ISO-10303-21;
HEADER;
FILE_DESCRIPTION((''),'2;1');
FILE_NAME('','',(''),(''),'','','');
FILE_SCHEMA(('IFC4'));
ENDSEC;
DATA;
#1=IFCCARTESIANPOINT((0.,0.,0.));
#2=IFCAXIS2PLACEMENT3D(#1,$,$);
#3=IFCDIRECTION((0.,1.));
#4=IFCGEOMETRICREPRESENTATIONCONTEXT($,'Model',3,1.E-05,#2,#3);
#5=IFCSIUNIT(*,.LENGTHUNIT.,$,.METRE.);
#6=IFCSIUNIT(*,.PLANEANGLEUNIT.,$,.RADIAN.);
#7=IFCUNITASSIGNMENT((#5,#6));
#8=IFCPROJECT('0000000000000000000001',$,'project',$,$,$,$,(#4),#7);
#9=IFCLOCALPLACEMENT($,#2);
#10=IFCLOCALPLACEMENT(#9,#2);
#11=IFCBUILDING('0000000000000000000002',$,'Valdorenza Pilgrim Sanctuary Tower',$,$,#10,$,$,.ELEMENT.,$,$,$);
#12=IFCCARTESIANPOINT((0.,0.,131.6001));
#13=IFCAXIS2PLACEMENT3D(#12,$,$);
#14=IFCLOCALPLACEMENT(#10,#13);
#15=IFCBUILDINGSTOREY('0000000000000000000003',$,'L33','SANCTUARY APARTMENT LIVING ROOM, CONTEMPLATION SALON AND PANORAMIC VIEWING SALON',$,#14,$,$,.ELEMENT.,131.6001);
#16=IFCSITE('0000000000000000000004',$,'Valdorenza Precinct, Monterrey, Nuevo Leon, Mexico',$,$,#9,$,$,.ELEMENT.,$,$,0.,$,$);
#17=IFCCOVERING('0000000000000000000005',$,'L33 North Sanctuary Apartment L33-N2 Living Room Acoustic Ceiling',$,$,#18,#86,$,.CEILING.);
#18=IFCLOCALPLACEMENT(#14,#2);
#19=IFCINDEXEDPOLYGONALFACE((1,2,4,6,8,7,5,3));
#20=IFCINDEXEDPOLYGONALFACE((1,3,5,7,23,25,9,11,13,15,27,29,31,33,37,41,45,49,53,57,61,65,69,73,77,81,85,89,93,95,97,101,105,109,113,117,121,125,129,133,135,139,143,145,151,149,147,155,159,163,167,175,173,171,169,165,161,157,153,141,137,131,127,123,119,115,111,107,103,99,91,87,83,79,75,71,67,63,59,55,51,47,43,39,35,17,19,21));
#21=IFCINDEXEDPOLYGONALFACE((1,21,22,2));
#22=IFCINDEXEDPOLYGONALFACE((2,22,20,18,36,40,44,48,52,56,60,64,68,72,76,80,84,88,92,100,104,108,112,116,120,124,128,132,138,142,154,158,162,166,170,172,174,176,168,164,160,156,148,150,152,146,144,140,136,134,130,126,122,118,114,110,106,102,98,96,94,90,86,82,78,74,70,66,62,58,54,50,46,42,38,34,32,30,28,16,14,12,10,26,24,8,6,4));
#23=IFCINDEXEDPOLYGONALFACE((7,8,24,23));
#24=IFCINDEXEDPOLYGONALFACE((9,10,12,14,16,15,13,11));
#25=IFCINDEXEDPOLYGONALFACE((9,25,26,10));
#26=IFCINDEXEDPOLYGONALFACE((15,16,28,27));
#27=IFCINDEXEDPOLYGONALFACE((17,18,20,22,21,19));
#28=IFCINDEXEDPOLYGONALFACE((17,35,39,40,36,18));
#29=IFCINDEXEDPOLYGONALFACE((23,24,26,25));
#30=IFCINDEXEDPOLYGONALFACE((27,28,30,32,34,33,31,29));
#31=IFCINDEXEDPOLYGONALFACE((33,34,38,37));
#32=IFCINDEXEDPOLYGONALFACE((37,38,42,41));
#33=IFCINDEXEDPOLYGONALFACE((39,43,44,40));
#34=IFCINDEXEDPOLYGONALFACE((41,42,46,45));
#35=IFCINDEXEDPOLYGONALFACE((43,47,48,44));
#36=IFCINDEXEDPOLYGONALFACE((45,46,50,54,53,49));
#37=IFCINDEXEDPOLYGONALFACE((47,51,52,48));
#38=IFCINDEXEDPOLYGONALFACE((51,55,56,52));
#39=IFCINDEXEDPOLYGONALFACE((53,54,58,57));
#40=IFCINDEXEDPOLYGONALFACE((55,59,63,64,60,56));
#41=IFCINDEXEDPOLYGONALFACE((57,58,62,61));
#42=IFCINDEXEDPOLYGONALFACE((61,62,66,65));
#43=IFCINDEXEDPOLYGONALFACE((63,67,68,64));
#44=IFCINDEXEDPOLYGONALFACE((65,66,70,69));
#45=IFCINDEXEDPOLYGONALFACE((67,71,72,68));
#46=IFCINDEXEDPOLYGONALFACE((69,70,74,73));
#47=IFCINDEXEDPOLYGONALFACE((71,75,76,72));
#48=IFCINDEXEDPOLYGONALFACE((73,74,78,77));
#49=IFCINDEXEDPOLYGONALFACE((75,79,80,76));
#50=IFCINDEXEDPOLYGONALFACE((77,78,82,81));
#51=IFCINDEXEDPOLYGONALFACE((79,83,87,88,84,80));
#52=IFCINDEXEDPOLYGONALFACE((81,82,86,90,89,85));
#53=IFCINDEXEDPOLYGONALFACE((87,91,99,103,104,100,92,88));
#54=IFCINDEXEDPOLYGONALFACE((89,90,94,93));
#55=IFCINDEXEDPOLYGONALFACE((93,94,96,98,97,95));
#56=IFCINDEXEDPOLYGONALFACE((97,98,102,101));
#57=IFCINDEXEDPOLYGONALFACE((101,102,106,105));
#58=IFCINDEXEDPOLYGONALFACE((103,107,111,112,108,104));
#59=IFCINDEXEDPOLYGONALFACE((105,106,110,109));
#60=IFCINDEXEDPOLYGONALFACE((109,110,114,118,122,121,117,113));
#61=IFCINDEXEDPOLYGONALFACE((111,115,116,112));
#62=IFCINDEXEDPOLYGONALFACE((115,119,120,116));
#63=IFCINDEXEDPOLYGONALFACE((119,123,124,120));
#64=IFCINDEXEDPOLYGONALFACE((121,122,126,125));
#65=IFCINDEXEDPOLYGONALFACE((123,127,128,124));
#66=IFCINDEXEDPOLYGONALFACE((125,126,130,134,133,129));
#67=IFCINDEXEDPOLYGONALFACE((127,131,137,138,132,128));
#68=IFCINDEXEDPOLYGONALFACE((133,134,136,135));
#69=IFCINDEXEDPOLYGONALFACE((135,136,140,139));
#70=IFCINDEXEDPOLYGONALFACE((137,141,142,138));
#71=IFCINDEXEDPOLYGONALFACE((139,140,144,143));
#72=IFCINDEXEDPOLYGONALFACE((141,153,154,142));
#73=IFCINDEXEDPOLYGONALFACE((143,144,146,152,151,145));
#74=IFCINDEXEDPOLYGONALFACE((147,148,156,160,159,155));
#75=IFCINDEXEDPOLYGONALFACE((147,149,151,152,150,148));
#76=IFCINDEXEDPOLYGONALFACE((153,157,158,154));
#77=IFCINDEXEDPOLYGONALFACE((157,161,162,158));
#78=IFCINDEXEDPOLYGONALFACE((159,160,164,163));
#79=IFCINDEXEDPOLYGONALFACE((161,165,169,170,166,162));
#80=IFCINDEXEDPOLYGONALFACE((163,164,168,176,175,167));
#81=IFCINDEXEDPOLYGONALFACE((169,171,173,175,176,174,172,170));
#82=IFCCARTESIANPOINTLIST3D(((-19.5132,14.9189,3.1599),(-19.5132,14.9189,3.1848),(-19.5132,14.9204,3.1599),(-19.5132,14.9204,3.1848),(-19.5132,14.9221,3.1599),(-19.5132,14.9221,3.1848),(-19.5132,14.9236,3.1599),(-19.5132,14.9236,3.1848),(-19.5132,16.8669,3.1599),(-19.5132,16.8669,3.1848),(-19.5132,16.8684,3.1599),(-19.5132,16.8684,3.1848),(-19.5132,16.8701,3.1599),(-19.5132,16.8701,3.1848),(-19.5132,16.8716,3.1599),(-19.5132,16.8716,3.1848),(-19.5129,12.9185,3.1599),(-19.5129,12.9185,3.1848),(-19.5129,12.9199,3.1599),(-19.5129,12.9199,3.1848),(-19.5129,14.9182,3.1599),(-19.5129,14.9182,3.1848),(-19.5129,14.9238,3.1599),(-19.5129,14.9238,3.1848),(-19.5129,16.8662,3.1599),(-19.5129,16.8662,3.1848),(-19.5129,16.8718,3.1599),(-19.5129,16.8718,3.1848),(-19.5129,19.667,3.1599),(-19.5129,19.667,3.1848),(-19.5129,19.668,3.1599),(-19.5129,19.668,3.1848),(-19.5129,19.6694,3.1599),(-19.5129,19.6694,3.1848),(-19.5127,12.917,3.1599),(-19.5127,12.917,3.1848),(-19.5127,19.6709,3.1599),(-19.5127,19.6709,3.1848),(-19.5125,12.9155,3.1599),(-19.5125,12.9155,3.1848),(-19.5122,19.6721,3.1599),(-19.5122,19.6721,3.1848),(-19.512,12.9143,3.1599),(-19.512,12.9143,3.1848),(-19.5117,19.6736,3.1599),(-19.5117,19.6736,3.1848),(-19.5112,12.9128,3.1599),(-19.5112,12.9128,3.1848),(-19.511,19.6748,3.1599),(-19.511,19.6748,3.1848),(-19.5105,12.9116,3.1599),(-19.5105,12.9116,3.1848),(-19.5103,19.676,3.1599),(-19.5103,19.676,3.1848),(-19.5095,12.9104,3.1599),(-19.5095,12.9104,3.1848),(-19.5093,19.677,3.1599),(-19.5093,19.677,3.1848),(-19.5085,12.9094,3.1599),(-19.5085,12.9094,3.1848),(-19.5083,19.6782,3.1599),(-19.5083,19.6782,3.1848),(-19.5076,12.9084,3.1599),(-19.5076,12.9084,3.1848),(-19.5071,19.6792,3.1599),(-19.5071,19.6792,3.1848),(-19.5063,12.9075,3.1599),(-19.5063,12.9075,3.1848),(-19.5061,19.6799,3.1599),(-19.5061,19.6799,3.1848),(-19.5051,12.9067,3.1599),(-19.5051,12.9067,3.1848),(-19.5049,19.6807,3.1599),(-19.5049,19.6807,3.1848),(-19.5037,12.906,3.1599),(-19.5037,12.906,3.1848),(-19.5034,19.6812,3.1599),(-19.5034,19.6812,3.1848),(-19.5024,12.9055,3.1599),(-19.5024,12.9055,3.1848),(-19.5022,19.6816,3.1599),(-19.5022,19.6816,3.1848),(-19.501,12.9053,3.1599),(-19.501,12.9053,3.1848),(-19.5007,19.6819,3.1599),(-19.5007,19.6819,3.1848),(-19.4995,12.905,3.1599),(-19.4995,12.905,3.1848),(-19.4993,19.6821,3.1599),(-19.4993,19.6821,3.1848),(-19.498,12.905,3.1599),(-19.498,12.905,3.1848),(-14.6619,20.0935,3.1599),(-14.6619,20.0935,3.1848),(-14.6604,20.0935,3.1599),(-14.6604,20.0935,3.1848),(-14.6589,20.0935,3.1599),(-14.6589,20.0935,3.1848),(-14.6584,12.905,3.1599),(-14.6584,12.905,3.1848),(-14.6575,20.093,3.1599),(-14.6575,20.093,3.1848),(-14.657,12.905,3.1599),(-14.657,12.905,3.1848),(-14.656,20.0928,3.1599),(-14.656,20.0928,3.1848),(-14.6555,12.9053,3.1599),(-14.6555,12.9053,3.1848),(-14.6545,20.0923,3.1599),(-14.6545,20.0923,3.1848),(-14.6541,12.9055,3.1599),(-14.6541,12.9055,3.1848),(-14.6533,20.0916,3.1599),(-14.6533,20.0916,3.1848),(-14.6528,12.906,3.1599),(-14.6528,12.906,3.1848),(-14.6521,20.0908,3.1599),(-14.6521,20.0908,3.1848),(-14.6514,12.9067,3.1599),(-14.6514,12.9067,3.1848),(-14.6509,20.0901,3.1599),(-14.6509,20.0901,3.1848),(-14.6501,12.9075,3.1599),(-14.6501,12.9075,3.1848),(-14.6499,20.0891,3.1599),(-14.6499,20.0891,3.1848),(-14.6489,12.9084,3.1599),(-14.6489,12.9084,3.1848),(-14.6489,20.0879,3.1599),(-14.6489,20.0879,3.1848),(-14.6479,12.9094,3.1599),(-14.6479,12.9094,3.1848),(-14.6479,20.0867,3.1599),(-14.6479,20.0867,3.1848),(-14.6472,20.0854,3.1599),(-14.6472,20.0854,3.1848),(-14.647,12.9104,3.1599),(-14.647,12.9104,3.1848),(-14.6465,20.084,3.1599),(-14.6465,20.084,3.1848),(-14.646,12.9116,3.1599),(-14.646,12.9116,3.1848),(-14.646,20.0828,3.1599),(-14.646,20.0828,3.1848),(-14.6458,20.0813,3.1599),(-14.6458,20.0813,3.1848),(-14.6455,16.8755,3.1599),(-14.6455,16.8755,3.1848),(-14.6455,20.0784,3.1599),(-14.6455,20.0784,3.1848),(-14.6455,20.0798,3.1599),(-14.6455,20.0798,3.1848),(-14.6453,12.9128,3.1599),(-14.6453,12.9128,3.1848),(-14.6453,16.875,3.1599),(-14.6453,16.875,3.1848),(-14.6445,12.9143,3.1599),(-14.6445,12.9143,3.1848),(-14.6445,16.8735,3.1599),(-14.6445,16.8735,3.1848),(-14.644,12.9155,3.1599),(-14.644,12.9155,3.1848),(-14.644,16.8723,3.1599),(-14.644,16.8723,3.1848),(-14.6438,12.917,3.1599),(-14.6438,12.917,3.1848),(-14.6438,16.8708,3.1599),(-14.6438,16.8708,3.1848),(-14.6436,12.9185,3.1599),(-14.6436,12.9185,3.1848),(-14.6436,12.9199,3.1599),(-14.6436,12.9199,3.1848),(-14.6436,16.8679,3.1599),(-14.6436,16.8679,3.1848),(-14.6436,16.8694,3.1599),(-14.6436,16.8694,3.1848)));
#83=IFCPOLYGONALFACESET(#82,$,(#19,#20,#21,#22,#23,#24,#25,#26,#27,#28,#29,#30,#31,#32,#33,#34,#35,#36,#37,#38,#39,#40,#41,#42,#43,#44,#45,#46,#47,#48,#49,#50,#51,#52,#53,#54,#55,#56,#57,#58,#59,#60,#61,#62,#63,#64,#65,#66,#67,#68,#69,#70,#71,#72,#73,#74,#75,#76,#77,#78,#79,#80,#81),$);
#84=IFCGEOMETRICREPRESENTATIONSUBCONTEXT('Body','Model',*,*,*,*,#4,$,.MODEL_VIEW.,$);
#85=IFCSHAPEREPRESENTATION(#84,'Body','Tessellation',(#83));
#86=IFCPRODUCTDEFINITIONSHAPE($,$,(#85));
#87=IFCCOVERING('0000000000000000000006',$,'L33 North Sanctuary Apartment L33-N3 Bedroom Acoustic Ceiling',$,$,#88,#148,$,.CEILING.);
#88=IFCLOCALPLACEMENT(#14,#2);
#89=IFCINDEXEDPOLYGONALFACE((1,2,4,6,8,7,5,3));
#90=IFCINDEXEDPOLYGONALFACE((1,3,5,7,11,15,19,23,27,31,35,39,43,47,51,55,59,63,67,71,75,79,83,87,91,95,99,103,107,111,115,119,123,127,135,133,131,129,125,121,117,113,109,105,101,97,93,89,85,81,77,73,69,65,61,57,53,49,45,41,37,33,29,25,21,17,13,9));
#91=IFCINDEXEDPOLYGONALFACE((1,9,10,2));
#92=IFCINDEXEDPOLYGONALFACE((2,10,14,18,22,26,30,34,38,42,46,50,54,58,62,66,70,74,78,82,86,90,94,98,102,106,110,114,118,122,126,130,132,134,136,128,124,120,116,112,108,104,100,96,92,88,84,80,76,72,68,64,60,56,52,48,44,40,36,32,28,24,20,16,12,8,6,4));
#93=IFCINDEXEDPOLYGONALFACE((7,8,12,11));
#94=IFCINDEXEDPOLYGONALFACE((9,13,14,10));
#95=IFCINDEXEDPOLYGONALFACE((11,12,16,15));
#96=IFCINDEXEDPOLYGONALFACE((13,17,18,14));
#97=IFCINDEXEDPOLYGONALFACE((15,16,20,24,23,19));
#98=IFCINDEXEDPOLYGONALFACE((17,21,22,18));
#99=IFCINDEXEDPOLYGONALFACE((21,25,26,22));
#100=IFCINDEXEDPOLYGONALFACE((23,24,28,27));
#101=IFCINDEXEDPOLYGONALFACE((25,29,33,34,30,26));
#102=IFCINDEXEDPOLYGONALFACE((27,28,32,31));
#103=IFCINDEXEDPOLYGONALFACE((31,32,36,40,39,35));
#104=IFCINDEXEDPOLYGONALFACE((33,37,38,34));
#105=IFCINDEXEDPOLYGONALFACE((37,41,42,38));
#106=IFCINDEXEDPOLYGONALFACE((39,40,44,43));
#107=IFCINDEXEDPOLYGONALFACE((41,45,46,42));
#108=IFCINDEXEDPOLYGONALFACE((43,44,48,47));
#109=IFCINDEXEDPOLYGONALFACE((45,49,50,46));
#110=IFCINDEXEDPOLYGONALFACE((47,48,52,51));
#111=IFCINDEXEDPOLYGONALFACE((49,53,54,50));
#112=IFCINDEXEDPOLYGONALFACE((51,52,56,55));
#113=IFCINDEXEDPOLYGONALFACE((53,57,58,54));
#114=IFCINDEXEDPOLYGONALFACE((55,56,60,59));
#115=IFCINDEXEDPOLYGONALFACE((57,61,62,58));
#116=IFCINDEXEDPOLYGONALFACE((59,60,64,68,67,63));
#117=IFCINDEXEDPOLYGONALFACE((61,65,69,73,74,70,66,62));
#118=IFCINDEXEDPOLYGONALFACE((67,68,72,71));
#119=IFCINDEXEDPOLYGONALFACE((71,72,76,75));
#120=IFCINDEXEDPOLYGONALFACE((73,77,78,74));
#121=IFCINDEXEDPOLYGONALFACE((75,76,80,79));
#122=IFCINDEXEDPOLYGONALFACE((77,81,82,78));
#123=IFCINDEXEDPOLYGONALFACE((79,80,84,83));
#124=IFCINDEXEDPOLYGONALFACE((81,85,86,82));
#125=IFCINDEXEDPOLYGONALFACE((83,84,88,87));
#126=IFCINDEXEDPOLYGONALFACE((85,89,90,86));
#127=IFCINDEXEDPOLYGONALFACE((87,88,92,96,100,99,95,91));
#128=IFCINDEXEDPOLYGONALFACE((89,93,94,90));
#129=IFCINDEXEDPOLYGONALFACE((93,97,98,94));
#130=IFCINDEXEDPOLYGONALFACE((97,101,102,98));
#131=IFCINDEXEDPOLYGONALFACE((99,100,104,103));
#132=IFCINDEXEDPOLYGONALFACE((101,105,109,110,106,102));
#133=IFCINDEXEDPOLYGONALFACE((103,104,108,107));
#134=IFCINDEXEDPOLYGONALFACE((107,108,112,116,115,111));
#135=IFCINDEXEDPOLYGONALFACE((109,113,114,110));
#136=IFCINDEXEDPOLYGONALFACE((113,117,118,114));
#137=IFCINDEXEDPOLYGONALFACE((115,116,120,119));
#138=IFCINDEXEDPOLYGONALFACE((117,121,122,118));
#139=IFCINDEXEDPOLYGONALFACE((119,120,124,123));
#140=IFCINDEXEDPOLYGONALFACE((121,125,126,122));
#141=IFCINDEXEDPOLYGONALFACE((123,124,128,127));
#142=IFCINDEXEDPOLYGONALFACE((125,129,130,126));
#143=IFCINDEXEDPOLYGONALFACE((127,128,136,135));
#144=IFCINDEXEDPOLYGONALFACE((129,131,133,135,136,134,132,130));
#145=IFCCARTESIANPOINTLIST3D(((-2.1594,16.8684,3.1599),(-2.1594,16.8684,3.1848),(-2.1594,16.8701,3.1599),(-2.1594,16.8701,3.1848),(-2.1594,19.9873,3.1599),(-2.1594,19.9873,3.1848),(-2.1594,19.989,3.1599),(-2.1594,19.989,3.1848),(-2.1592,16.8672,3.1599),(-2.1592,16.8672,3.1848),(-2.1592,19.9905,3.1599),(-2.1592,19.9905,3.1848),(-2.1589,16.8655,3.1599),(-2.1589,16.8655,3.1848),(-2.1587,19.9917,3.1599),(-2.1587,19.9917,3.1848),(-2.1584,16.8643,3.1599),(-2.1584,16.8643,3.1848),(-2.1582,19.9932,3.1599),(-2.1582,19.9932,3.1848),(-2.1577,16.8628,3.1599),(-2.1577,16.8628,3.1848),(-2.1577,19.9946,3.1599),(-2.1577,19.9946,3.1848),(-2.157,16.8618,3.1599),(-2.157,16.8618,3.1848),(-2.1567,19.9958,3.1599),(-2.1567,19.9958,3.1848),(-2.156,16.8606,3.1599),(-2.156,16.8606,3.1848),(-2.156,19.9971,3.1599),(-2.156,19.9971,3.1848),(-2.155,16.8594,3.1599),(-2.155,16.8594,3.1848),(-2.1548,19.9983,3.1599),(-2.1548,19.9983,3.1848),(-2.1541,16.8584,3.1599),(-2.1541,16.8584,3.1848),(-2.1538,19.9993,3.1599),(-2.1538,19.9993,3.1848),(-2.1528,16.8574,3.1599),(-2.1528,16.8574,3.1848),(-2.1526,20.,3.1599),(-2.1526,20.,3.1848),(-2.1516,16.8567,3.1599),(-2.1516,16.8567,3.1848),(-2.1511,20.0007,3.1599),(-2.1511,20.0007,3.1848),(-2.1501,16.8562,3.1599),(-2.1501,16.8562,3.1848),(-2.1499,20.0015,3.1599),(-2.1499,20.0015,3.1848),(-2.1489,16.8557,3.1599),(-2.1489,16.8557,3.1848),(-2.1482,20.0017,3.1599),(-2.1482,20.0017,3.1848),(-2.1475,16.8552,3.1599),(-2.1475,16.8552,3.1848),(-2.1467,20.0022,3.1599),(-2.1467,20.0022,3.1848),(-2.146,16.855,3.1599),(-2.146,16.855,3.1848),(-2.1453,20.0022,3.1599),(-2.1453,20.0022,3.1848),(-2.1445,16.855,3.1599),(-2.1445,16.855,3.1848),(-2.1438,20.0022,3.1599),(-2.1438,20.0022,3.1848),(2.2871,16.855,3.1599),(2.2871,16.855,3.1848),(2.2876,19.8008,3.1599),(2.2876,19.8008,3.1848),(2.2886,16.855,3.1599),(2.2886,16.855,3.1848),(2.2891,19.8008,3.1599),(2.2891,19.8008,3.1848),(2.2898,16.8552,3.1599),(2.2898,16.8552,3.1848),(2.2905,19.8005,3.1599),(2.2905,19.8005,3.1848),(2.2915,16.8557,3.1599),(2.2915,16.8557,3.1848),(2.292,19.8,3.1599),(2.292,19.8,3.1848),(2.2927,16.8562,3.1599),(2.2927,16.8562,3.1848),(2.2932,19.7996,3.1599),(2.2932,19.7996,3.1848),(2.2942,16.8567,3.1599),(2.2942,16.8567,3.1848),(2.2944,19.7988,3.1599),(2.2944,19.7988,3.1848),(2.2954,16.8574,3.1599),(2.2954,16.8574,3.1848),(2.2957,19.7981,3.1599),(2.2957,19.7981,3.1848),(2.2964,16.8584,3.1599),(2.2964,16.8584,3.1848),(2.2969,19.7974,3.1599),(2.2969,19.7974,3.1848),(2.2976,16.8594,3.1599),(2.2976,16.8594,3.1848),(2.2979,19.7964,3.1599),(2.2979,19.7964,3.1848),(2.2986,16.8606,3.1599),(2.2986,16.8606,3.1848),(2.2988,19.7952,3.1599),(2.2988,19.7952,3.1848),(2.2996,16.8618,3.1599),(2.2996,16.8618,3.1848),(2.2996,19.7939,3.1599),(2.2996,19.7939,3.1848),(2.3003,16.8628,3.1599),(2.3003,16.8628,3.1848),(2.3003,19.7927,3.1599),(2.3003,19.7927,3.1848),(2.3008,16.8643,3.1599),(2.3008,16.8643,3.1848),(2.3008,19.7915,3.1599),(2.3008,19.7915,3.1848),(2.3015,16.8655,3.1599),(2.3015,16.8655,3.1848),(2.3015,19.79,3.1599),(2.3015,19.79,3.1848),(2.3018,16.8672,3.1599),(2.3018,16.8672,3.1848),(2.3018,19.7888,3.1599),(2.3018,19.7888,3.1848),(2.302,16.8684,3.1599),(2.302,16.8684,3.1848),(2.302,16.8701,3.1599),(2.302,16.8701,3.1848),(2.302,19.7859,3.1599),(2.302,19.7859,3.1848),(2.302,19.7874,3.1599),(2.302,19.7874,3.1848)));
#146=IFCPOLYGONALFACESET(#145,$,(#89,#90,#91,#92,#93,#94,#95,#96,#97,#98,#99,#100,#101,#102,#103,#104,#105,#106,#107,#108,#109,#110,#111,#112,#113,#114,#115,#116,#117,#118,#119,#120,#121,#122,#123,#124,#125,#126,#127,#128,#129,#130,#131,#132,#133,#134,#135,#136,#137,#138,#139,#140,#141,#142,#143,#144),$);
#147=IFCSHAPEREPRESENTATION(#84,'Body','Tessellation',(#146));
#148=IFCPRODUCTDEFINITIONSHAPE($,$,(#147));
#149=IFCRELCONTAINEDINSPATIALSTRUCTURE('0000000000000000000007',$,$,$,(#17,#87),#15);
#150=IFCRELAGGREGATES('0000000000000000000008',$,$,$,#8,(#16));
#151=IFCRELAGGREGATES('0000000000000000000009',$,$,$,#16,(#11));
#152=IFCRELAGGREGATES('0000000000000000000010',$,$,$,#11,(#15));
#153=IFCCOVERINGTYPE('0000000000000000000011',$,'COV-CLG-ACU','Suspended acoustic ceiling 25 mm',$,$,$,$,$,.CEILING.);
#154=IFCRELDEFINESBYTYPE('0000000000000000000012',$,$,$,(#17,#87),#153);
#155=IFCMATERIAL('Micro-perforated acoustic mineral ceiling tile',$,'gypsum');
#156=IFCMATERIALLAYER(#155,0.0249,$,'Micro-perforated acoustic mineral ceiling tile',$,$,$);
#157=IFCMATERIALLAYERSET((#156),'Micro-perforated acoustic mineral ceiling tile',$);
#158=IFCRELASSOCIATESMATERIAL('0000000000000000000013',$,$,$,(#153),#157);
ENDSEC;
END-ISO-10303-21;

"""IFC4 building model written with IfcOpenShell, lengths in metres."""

from ifc_helpers import new_model, si_unit, direction, frame, origin, place, context, subcontext, project, spatial, polyline, outline, extrude, material, layer, layer_set, type_object, element, save


model = new_model("IFC4")

# Units and contexts
model_context = context("Model", 3, precision=1e-05, world=origin(), true_north=direction((0.0, 1.0)))
body_context = subcontext(model_context, "Body", "Model", "MODEL_VIEW")
ifc_project = project(units=[si_unit("LENGTHUNIT", "METRE"), si_unit("PLANEANGLEUNIT", "RADIAN")], contexts=[model_context])

# Site, building, storey
site_placement = place(None, origin())
site = spatial("IfcSite", under=ifc_project, at=site_placement, Name="Valdorenza Precinct, Monterrey, Nuevo Leon, Mexico", CompositionType="ELEMENT", RefElevation=0.0)
building_placement = place(site_placement, origin())
building = spatial("IfcBuilding", under=site, at=building_placement, Name="Valdorenza Pilgrim Sanctuary Tower", CompositionType="ELEMENT")
storey_placement = place(building_placement, frame((0.0, 0.0, 131.6001)))
storey = spatial("IfcBuildingStorey", under=building, at=storey_placement, Name="L33", Description="SANCTUARY APARTMENT LIVING ROOM, CONTEMPLATION SALON AND PANORAMIC VIEWING SALON", CompositionType="ELEMENT", Elevation=131.6001)

# Coverings
ifc_material_1 = material(Name="Micro-perforated acoustic mineral ceiling tile", Category="gypsum")
ifc_layer_1 = layer(ifc_material_1, 0.0249, Name="Micro-perforated acoustic mineral ceiling tile")
ifc_layer_set_1 = layer_set([ifc_layer_1], Name="Micro-perforated acoustic mineral ceiling tile")
covering_type_1 = type_object("IfcCoveringType", Name="COV-CLG-ACU", Description="Suspended acoustic ceiling 25 mm", PredefinedType="CEILING", material=ifc_layer_set_1)
covering_1_placement = place(storey_placement, frame((0.0, 0.0, 3.1599)))
element("IfcCovering", 1, at=covering_1_placement, inside=storey, type_object=covering_type_1, Name="L33 North Sanctuary Apartment L33-N2 Living Room Acoustic Ceiling", PredefinedType="CEILING", context=body_context, shape_type="SweptSolid", body=[
    extrude(outline(polyline([(-19.5129, 14.9182), (-19.5132, 14.9189), (-19.5132, 14.9204), (-19.5132, 14.9221), (-19.5132, 14.9236), (-19.5129, 14.9238), (-19.5129, 16.8662), (-19.5132, 16.8669), (-19.5132, 16.8684), (-19.5132, 16.8701), (-19.5132, 16.8716), (-19.5129, 16.8718), (-19.5129, 19.667), (-19.5129, 19.667), (-19.5129, 19.668), (-19.5129, 19.6694), (-19.5127, 19.6709), (-19.5122, 19.6721), (-19.5117, 19.6736), (-19.511, 19.6748), (-19.5103, 19.676), (-19.5093, 19.677), (-19.5083, 19.6782), (-19.5071, 19.6792), (-19.5061, 19.6799), (-19.5049, 19.6807), (-19.5034, 19.6812), (-19.5022, 19.6816), (-19.5007, 19.6819), (-19.4993, 19.6821), (-14.6619, 20.0935), (-14.6604, 20.0935), (-14.6589, 20.0935), (-14.6575, 20.093), (-14.656, 20.0928), (-14.6545, 20.0923), (-14.6533, 20.0916), (-14.6521, 20.0908), (-14.6509, 20.0901), (-14.6499, 20.0891), (-14.6489, 20.0879), (-14.6479, 20.0867), (-14.6472, 20.0854), (-14.6465, 20.084), (-14.646, 20.0828), (-14.6458, 20.0813), (-14.6455, 20.0798), (-14.6455, 20.0784), (-14.6455, 16.8755), (-14.6453, 16.875), (-14.6445, 16.8735), (-14.644, 16.8723), (-14.6438, 16.8708), (-14.6436, 16.8694), (-14.6436, 16.8679), (-14.6436, 12.9199), (-14.6436, 12.9185), (-14.6438, 12.917), (-14.644, 12.9155), (-14.6445, 12.9143), (-14.6453, 12.9128), (-14.646, 12.9116), (-14.647, 12.9104), (-14.6479, 12.9094), (-14.6489, 12.9084), (-14.6501, 12.9075), (-14.6514, 12.9067), (-14.6528, 12.906), (-14.6541, 12.9055), (-14.6555, 12.9053), (-14.657, 12.905), (-14.6584, 12.905), (-19.498, 12.905), (-19.4995, 12.905), (-19.501, 12.9053), (-19.5024, 12.9055), (-19.5037, 12.906), (-19.5051, 12.9067), (-19.5063, 12.9075), (-19.5076, 12.9084), (-19.5085, 12.9094), (-19.5095, 12.9104), (-19.5105, 12.9116), (-19.5112, 12.9128), (-19.512, 12.9143), (-19.5125, 12.9155), (-19.5127, 12.917), (-19.5129, 12.9185), (-19.5129, 12.9199), (-19.5129, 14.9182)])), origin(), (0.0, 0.0, 1.0), 0.0249),
])
covering_2_placement = place(storey_placement, frame((0.0, 0.0, 3.1599)))
element("IfcCovering", 2, at=covering_2_placement, inside=storey, type_object=covering_type_1, Name="L33 North Sanctuary Apartment L33-N3 Bedroom Acoustic Ceiling", PredefinedType="CEILING", context=body_context, shape_type="SweptSolid", body=[
    extrude(outline(polyline([(-2.1445, 16.855), (-2.146, 16.855), (-2.1475, 16.8552), (-2.1489, 16.8557), (-2.1501, 16.8562), (-2.1516, 16.8567), (-2.1528, 16.8574), (-2.1541, 16.8584), (-2.155, 16.8594), (-2.156, 16.8606), (-2.157, 16.8618), (-2.1577, 16.8628), (-2.1584, 16.8643), (-2.1589, 16.8655), (-2.1592, 16.8672), (-2.1594, 16.8684), (-2.1594, 16.8701), (-2.1594, 19.9873), (-2.1594, 19.989), (-2.1592, 19.9905), (-2.1587, 19.9917), (-2.1582, 19.9932), (-2.1577, 19.9946), (-2.1567, 19.9958), (-2.156, 19.9971), (-2.1548, 19.9983), (-2.1538, 19.9993), (-2.1526, 20.0), (-2.1511, 20.0007), (-2.1499, 20.0015), (-2.1482, 20.0017), (-2.1467, 20.0022), (-2.1453, 20.0022), (-2.1438, 20.0022), (2.2876, 19.8008), (2.2891, 19.8008), (2.2905, 19.8005), (2.292, 19.8), (2.2932, 19.7996), (2.2944, 19.7988), (2.2957, 19.7981), (2.2969, 19.7974), (2.2979, 19.7964), (2.2988, 19.7952), (2.2996, 19.7939), (2.3003, 19.7927), (2.3008, 19.7915), (2.3015, 19.79), (2.3018, 19.7888), (2.302, 19.7874), (2.302, 19.7859), (2.302, 16.8701), (2.302, 16.8684), (2.3018, 16.8672), (2.3015, 16.8655), (2.3008, 16.8643), (2.3003, 16.8628), (2.2996, 16.8618), (2.2986, 16.8606), (2.2976, 16.8594), (2.2964, 16.8584), (2.2954, 16.8574), (2.2942, 16.8567), (2.2927, 16.8562), (2.2915, 16.8557), (2.2898, 16.8552), (2.2886, 16.855), (2.2871, 16.855), (-2.1445, 16.855)])), origin(), (0.0, 0.0, 1.0), 0.0249),
])

save(model, "model.ifc")
